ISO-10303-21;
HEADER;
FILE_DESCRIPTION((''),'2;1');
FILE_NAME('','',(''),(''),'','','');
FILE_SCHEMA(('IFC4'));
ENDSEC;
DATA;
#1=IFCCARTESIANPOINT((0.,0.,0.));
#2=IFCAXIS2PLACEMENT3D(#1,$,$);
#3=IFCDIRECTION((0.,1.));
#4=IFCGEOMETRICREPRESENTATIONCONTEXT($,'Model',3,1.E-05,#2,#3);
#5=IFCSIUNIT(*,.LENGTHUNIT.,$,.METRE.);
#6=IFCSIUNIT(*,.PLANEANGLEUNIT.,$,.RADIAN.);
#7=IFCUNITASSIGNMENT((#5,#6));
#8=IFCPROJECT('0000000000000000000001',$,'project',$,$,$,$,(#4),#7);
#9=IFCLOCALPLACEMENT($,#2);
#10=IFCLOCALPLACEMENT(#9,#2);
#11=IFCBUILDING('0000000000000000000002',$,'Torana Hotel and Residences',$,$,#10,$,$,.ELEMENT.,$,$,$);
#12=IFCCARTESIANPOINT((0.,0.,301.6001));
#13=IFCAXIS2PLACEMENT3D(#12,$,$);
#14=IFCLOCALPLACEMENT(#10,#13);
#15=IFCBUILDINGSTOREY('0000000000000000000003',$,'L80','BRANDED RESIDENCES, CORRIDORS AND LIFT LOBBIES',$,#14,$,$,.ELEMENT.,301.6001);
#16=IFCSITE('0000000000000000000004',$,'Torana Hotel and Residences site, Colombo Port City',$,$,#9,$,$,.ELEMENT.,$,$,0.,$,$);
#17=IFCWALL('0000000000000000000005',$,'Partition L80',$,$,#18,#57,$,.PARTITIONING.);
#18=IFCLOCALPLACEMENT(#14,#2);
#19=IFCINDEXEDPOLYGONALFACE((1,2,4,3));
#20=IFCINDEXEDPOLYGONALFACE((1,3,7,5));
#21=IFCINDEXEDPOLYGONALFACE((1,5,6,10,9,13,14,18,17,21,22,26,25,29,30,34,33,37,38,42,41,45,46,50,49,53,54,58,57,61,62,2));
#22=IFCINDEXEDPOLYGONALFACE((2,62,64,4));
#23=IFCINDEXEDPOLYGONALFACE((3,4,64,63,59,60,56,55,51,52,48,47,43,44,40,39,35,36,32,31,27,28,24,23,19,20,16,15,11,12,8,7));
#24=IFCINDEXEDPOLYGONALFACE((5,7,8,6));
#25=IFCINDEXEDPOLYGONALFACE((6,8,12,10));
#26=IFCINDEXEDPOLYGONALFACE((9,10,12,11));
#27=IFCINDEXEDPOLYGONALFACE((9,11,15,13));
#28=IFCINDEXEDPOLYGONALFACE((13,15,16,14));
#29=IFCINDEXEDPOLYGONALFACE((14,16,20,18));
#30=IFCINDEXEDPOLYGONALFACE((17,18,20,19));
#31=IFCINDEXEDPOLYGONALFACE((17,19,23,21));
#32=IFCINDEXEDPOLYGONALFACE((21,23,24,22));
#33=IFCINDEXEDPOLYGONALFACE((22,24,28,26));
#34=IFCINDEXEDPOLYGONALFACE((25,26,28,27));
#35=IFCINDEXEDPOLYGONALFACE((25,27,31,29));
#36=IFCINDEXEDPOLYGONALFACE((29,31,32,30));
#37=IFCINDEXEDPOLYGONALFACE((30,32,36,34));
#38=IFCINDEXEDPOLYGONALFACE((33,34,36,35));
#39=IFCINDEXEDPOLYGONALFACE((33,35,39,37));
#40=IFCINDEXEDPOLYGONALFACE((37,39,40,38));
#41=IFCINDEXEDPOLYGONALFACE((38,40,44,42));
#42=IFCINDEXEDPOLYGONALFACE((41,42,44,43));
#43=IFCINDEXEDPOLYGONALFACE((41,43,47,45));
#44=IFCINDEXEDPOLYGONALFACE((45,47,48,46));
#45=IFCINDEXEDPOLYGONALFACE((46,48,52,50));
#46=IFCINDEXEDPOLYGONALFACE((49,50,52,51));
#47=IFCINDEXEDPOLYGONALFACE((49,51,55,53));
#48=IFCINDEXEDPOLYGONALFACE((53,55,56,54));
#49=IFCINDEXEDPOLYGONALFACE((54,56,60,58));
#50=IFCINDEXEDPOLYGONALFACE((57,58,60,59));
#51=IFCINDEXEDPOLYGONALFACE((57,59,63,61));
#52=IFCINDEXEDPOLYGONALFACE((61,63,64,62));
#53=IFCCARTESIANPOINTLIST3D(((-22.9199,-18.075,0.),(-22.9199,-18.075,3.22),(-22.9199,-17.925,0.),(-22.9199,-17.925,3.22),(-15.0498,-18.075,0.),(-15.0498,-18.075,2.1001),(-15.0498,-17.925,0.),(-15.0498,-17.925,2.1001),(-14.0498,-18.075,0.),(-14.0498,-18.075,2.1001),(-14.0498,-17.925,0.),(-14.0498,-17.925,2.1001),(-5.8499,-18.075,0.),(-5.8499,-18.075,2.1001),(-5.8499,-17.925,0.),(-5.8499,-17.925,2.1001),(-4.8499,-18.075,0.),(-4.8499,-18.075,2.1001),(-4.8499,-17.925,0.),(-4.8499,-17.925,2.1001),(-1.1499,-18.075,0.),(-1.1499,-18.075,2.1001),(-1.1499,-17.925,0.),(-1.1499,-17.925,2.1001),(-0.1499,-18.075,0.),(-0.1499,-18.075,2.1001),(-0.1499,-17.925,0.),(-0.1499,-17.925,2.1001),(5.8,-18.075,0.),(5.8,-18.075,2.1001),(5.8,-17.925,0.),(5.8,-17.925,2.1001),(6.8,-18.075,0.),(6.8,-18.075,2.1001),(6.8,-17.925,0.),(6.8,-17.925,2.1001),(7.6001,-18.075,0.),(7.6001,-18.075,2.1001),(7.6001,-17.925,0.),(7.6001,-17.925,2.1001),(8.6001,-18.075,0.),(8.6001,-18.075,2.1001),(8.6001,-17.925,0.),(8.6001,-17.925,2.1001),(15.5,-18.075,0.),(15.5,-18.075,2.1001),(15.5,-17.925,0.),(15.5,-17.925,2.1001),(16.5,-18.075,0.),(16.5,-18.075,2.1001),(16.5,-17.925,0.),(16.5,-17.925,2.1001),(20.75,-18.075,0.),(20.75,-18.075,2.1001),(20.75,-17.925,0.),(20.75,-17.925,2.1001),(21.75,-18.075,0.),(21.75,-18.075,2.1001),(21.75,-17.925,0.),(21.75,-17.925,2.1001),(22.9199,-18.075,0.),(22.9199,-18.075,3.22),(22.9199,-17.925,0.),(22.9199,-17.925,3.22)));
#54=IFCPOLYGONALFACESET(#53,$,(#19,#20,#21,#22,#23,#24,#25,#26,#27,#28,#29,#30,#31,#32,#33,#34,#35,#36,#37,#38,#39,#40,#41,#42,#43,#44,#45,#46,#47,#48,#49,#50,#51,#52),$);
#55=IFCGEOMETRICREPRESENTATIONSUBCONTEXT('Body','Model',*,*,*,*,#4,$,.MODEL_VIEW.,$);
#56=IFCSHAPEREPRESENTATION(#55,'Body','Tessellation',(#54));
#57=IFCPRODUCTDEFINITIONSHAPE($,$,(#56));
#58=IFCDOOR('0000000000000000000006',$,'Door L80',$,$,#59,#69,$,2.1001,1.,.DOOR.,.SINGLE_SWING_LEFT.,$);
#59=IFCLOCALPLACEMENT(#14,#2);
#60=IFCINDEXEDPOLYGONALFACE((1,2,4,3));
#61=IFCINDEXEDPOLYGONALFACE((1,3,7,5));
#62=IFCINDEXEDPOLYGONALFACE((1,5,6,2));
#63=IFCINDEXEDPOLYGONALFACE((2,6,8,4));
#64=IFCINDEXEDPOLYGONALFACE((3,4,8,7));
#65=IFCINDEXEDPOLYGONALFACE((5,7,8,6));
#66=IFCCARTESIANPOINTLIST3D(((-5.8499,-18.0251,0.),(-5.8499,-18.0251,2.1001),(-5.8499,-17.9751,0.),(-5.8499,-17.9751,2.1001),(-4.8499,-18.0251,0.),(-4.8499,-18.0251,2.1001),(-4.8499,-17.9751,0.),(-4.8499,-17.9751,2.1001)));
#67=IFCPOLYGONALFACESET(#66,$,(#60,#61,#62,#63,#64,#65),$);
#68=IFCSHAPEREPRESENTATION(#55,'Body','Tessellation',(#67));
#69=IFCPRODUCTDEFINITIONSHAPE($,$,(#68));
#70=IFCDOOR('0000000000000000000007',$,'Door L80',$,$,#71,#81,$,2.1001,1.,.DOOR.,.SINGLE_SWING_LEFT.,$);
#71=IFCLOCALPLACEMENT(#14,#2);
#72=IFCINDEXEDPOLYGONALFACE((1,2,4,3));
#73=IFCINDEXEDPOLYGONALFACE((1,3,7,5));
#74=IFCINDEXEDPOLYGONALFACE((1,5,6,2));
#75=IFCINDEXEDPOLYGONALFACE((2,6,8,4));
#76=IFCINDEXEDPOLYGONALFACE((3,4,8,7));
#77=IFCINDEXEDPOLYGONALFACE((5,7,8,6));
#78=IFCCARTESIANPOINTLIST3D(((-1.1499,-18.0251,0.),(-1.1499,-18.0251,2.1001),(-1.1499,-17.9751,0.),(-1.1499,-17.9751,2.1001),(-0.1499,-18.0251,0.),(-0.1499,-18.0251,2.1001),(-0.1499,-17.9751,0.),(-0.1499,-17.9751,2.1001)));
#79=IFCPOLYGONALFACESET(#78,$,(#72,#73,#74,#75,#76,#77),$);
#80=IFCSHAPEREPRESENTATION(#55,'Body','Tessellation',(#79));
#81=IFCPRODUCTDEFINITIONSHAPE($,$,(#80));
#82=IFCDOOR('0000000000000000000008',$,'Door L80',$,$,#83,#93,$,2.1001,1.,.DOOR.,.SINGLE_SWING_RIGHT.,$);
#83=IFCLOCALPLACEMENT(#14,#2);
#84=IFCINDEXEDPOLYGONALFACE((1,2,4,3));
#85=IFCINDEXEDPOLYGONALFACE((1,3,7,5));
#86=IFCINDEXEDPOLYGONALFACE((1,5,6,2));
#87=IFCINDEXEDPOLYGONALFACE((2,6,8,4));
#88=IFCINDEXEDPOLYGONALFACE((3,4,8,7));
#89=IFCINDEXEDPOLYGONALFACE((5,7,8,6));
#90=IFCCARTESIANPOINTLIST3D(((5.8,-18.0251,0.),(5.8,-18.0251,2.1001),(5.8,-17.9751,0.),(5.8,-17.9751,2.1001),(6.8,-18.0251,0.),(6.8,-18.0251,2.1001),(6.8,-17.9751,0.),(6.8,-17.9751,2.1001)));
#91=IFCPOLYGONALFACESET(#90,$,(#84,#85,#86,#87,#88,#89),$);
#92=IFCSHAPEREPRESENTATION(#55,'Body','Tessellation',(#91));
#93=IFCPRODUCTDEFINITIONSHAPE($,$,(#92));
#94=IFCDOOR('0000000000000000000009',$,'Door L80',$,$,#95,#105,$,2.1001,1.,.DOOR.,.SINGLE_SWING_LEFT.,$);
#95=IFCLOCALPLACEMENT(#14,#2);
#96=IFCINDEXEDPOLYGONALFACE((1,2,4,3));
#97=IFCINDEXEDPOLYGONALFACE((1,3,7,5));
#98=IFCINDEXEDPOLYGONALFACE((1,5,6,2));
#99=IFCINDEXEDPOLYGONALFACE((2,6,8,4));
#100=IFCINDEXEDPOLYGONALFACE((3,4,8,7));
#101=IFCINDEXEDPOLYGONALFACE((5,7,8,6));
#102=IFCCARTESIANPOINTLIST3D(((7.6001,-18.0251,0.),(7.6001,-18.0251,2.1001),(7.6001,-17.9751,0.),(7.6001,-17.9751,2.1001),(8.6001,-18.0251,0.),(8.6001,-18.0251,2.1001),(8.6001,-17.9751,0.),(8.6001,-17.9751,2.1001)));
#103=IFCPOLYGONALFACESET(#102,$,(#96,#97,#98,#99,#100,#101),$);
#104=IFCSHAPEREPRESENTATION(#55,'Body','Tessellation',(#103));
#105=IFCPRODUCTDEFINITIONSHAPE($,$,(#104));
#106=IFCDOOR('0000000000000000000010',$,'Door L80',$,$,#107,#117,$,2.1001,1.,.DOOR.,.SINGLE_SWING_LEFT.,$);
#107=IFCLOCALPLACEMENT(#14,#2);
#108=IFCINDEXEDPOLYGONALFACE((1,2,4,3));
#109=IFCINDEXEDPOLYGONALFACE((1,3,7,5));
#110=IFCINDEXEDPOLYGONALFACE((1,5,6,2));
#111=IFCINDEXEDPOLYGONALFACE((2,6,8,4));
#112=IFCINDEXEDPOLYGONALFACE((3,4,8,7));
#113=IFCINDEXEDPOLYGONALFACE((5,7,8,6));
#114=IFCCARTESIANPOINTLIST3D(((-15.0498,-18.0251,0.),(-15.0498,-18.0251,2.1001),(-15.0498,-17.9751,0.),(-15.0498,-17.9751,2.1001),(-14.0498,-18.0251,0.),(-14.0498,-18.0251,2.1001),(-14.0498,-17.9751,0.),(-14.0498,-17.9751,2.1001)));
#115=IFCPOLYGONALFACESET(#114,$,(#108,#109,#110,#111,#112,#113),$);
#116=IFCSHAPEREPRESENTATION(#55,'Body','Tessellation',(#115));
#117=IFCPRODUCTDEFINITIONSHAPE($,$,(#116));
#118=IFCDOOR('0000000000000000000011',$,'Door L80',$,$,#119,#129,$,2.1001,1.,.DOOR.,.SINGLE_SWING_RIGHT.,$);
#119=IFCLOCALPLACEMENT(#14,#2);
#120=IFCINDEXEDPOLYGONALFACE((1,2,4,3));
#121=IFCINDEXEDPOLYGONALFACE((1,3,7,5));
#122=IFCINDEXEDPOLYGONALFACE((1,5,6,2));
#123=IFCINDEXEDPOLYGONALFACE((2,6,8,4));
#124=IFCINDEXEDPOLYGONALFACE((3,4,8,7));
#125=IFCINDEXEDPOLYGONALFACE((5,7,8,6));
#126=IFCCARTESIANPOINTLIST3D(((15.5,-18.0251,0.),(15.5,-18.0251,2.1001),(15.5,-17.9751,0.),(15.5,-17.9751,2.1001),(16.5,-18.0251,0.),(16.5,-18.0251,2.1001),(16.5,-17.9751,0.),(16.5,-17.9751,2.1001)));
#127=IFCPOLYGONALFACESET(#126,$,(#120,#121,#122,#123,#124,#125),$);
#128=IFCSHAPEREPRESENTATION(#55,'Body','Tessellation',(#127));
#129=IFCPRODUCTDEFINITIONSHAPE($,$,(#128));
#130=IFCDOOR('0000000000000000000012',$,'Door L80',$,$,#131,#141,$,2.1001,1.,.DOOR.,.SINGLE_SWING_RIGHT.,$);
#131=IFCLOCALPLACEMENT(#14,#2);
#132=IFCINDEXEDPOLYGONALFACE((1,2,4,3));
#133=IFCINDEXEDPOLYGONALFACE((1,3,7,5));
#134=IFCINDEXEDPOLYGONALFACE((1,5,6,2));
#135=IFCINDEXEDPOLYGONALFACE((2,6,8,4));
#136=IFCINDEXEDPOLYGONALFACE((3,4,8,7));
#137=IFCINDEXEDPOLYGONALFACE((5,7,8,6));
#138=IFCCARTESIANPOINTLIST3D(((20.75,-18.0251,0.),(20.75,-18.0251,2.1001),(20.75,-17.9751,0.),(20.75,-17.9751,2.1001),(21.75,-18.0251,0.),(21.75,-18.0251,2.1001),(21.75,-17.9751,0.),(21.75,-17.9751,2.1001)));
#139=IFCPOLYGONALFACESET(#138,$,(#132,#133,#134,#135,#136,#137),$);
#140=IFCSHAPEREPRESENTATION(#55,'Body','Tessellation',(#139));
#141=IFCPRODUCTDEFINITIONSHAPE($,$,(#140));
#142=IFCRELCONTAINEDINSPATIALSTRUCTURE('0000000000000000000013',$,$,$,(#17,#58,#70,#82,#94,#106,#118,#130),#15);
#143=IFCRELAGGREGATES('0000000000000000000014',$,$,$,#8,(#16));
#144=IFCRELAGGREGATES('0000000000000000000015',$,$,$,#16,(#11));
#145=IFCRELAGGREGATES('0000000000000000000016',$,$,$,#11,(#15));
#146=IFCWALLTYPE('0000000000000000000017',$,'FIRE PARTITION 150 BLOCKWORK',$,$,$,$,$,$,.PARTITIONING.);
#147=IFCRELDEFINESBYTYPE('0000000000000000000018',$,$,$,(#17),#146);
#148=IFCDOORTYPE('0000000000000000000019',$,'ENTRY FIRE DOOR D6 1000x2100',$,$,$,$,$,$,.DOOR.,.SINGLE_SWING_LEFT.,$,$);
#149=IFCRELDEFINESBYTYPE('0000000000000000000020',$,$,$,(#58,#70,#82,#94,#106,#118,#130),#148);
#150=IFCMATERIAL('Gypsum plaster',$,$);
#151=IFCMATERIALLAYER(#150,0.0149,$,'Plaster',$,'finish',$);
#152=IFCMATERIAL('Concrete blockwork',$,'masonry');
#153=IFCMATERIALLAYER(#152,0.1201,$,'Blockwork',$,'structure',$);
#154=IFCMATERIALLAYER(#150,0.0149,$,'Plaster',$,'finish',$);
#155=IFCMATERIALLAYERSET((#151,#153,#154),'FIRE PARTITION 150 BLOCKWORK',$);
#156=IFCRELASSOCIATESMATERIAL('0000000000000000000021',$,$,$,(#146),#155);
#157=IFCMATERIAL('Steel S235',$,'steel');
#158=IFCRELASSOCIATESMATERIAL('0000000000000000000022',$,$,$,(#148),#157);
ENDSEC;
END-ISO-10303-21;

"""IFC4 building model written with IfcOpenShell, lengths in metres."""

from ifc_helpers import new_model, si_unit, direction, frame, frame_2d, origin, place, context, subcontext, project, spatial, rectangle, extrude, material, layer, layer_set, type_object, element, fill, save


model = new_model("IFC4")

# Units and contexts
model_context = context("Model", 3, precision=1e-05, world=origin(), true_north=direction((0.0, 1.0)))
body_context = subcontext(model_context, "Body", "Model", "MODEL_VIEW")
ifc_project = project(units=[si_unit("LENGTHUNIT", "METRE"), si_unit("PLANEANGLEUNIT", "RADIAN")], contexts=[model_context])

# Site, building, storey
site_placement = place(None, origin())
site = spatial("IfcSite", under=ifc_project, at=site_placement, Name="Torana Hotel and Residences site, Colombo Port City", CompositionType="ELEMENT", RefElevation=0.0)
building_placement = place(site_placement, origin())
building = spatial("IfcBuilding", under=site, at=building_placement, Name="Torana Hotel and Residences", CompositionType="ELEMENT")
storey_placement = place(building_placement, frame((0.0, 0.0, 301.6001)))
storey = spatial("IfcBuildingStorey", under=building, at=storey_placement, Name="L80", Description="BRANDED RESIDENCES, CORRIDORS AND LIFT LOBBIES", CompositionType="ELEMENT", Elevation=301.6001)

# Wall, openings, doors
ifc_material_1 = material(Name="Gypsum plaster")
ifc_layer_1 = layer(ifc_material_1, 0.0149, Name="Plaster", Category="finish")
ifc_material_2 = material(Name="Concrete blockwork", Category="masonry")
ifc_layer_2 = layer(ifc_material_2, 0.1201, Name="Blockwork", Category="structure")
ifc_layer_3 = layer(ifc_material_1, 0.0149, Name="Plaster", Category="finish")
ifc_layer_set_1 = layer_set([ifc_layer_1, ifc_layer_2, ifc_layer_3], Name="FIRE PARTITION 150 BLOCKWORK")
wall_type_1 = type_object("IfcWallType", Name="FIRE PARTITION 150 BLOCKWORK", PredefinedType="PARTITIONING", material=ifc_layer_set_1)
wall_1_placement = place(storey_placement, frame((-22.9199, -18.0, 0.0), z_axis=(0.0, 0.0, 1.0), x_axis=(1.0, 0.0, 0.0)))
wall_1 = element("IfcWall", 1, at=wall_1_placement, inside=storey, type_object=wall_type_1, Name="Partition L80", PredefinedType="PARTITIONING", context=body_context, shape_type="SweptSolid", body=[
    extrude(rectangle(XDim=45.8398, YDim=0.1499, at=frame_2d((22.9199, 0.0))), origin(), (0.0, 0.0, 1.0), 3.22),
])
opening_1_placement = place(wall_1_placement, frame((17.0701, 0.0, 0.0)))
opening_1 = element("IfcOpeningElement", 2, at=opening_1_placement, cuts=wall_1, PredefinedType="OPENING", context=body_context, shape_type="SweptSolid", body=[
    extrude(rectangle(XDim=1.0, YDim=2.1001, at=frame_2d((0.5, 1.05))), frame((0.0, 0.085, 0.0), z_axis=(0.0, -1.0, 0.0), x_axis=(1.0, 0.0, 0.0)), (0.0, 0.0, 1.0), 0.1699),
])
opening_2_placement = place(wall_1_placement, frame((21.77, 0.0, 0.0)))
opening_2 = element("IfcOpeningElement", 3, at=opening_2_placement, cuts=wall_1, PredefinedType="OPENING", context=body_context, shape_type="SweptSolid", body=[
    extrude(rectangle(XDim=1.0, YDim=2.1001, at=frame_2d((0.5, 1.05))), frame((0.0, 0.085, 0.0), z_axis=(0.0, -1.0, 0.0), x_axis=(1.0, 0.0, 0.0)), (0.0, 0.0, 1.0), 0.1699),
])
opening_3_placement = place(wall_1_placement, frame((28.72, 0.0, 0.0)))
opening_3 = element("IfcOpeningElement", 4, at=opening_3_placement, cuts=wall_1, PredefinedType="OPENING", context=body_context, shape_type="SweptSolid", body=[
    extrude(rectangle(XDim=1.0, YDim=2.1001, at=frame_2d((0.5, 1.05))), frame((0.0, 0.085, 0.0), z_axis=(0.0, -1.0, 0.0), x_axis=(1.0, 0.0, 0.0)), (0.0, 0.0, 1.0), 0.1699),
])
opening_4_placement = place(wall_1_placement, frame((30.52, 0.0, 0.0)))
opening_4 = element("IfcOpeningElement", 5, at=opening_4_placement, cuts=wall_1, PredefinedType="OPENING", context=body_context, shape_type="SweptSolid", body=[
    extrude(rectangle(XDim=1.0, YDim=2.1001, at=frame_2d((0.5, 1.05))), frame((0.0, 0.085, 0.0), z_axis=(0.0, -1.0, 0.0), x_axis=(1.0, 0.0, 0.0)), (0.0, 0.0, 1.0), 0.1699),
])
opening_5_placement = place(wall_1_placement, frame((7.8701, 0.0, 0.0)))
opening_5 = element("IfcOpeningElement", 6, at=opening_5_placement, cuts=wall_1, PredefinedType="OPENING", context=body_context, shape_type="SweptSolid", body=[
    extrude(rectangle(XDim=1.0, YDim=2.1001, at=frame_2d((0.5, 1.05))), frame((0.0, 0.085, 0.0), z_axis=(0.0, -1.0, 0.0), x_axis=(1.0, 0.0, 0.0)), (0.0, 0.0, 1.0), 0.1699),
])
opening_6_placement = place(wall_1_placement, frame((38.4199, 0.0, 0.0)))
opening_6 = element("IfcOpeningElement", 7, at=opening_6_placement, cuts=wall_1, PredefinedType="OPENING", context=body_context, shape_type="SweptSolid", body=[
    extrude(rectangle(XDim=1.0, YDim=2.1001, at=frame_2d((0.5, 1.05))), frame((0.0, 0.085, 0.0), z_axis=(0.0, -1.0, 0.0), x_axis=(1.0, 0.0, 0.0)), (0.0, 0.0, 1.0), 0.1699),
])
opening_7_placement = place(wall_1_placement, frame((43.6699, 0.0, 0.0)))
opening_7 = element("IfcOpeningElement", 8, at=opening_7_placement, cuts=wall_1, PredefinedType="OPENING", context=body_context, shape_type="SweptSolid", body=[
    extrude(rectangle(XDim=1.0, YDim=2.1001, at=frame_2d((0.5, 1.05))), frame((0.0, 0.085, 0.0), z_axis=(0.0, -1.0, 0.0), x_axis=(1.0, 0.0, 0.0)), (0.0, 0.0, 1.0), 0.1699),
])
ifc_material_3 = material(Name="Steel S235", Category="steel")
door_type_1 = type_object("IfcDoorType", Name="ENTRY FIRE DOOR D6 1000x2100", OperationType="SINGLE_SWING_LEFT", PredefinedType="DOOR", material=ifc_material_3)
door_1_placement = place(opening_1_placement, frame((0.5, 0.0, 0.0), z_axis=(0.0, 0.0, 1.0), x_axis=(-1.0, 0.0, 0.0)))
door_1 = element("IfcDoor", 9, at=door_1_placement, inside=storey, type_object=door_type_1, Name="Door L80", OperationType="SINGLE_SWING_LEFT", OverallHeight=2.1001, OverallWidth=1.0, PredefinedType="DOOR", context=body_context, shape_type="SweptSolid", body=[
    extrude(rectangle(XDim=1.0, YDim=2.1001, at=frame_2d((0.0, 1.05))), frame((0.0, -0.0249, 0.0), z_axis=(0.0, 1.0, 0.0), x_axis=(-1.0, 0.0, 0.0)), (0.0, 0.0, 1.0), 0.05),
])
fill(opening_1, door_1)
door_2_placement = place(opening_2_placement, frame((0.5, 0.0, 0.0), z_axis=(0.0, 0.0, 1.0), x_axis=(-1.0, 0.0, 0.0)))
door_2 = element("IfcDoor", 10, at=door_2_placement, inside=storey, type_object=door_type_1, Name="Door L80", OperationType="SINGLE_SWING_LEFT", OverallHeight=2.1001, OverallWidth=1.0, PredefinedType="DOOR", context=body_context, shape_type="SweptSolid", body=[
    extrude(rectangle(XDim=1.0, YDim=2.1001, at=frame_2d((0.0, 1.05))), frame((0.0, -0.0249, 0.0), z_axis=(0.0, 1.0, 0.0), x_axis=(-1.0, 0.0, 0.0)), (0.0, 0.0, 1.0), 0.05),
])
fill(opening_2, door_2)
door_3_placement = place(opening_3_placement, origin())
door_3 = element("IfcDoor", 11, at=door_3_placement, inside=storey, type_object=door_type_1, Name="Door L80", OperationType="SINGLE_SWING_RIGHT", OverallHeight=2.1001, OverallWidth=1.0, PredefinedType="DOOR", context=body_context, shape_type="SweptSolid", body=[
    extrude(rectangle(XDim=1.0, YDim=2.1001, at=frame_2d((0.5, 1.05))), frame((0.0, 0.0249, 0.0), z_axis=(0.0, -1.0, 0.0), x_axis=(1.0, 0.0, 0.0)), (0.0, 0.0, 1.0), 0.05),
])
fill(opening_3, door_3)
door_4_placement = place(opening_4_placement, frame((0.5, 0.0, 0.0), z_axis=(0.0, 0.0, 1.0), x_axis=(-1.0, 0.0, 0.0)))
door_4 = element("IfcDoor", 12, at=door_4_placement, inside=storey, type_object=door_type_1, Name="Door L80", OperationType="SINGLE_SWING_LEFT", OverallHeight=2.1001, OverallWidth=1.0, PredefinedType="DOOR", context=body_context, shape_type="SweptSolid", body=[
    extrude(rectangle(XDim=1.0, YDim=2.1001, at=frame_2d((0.0, 1.05))), frame((0.0, -0.0249, 0.0), z_axis=(0.0, 1.0, 0.0), x_axis=(-1.0, 0.0, 0.0)), (0.0, 0.0, 1.0), 0.05),
])
fill(opening_4, door_4)
door_5_placement = place(opening_5_placement, frame((0.5, 0.0, 0.0), z_axis=(0.0, 0.0, 1.0), x_axis=(-1.0, 0.0, 0.0)))
door_5 = element("IfcDoor", 13, at=door_5_placement, inside=storey, type_object=door_type_1, Name="Door L80", OperationType="SINGLE_SWING_LEFT", OverallHeight=2.1001, OverallWidth=1.0, PredefinedType="DOOR", context=body_context, shape_type="SweptSolid", body=[
    extrude(rectangle(XDim=1.0, YDim=2.1001, at=frame_2d((0.0, 1.05))), frame((0.0, -0.0249, 0.0), z_axis=(0.0, 1.0, 0.0), x_axis=(-1.0, 0.0, 0.0)), (0.0, 0.0, 1.0), 0.05),
])
fill(opening_5, door_5)
door_6_placement = place(opening_6_placement, origin())
door_6 = element("IfcDoor", 14, at=door_6_placement, inside=storey, type_object=door_type_1, Name="Door L80", OperationType="SINGLE_SWING_RIGHT", OverallHeight=2.1001, OverallWidth=1.0, PredefinedType="DOOR", context=body_context, shape_type="SweptSolid", body=[
    extrude(rectangle(XDim=1.0, YDim=2.1001, at=frame_2d((0.5, 1.05))), frame((0.0, 0.0249, 0.0), z_axis=(0.0, -1.0, 0.0), x_axis=(1.0, 0.0, 0.0)), (0.0, 0.0, 1.0), 0.05),
])
fill(opening_6, door_6)
door_7_placement = place(opening_7_placement, frame((0.5, 0.0, 0.0), z_axis=(0.0, 0.0, 1.0), x_axis=(-1.0, 0.0, 0.0)))
door_7 = element("IfcDoor", 15, at=door_7_placement, inside=storey, type_object=door_type_1, Name="Door L80", OperationType="SINGLE_SWING_RIGHT", OverallHeight=2.1001, OverallWidth=1.0, PredefinedType="DOOR", context=body_context, shape_type="SweptSolid", body=[
    extrude(rectangle(XDim=1.0, YDim=2.1001, at=frame_2d((0.0, 1.05))), frame((0.0, -0.0249, 0.0), z_axis=(0.0, 1.0, 0.0), x_axis=(-1.0, 0.0, 0.0)), (0.0, 0.0, 1.0), 0.05),
])
fill(opening_7, door_7)

save(model, "model.ifc")
